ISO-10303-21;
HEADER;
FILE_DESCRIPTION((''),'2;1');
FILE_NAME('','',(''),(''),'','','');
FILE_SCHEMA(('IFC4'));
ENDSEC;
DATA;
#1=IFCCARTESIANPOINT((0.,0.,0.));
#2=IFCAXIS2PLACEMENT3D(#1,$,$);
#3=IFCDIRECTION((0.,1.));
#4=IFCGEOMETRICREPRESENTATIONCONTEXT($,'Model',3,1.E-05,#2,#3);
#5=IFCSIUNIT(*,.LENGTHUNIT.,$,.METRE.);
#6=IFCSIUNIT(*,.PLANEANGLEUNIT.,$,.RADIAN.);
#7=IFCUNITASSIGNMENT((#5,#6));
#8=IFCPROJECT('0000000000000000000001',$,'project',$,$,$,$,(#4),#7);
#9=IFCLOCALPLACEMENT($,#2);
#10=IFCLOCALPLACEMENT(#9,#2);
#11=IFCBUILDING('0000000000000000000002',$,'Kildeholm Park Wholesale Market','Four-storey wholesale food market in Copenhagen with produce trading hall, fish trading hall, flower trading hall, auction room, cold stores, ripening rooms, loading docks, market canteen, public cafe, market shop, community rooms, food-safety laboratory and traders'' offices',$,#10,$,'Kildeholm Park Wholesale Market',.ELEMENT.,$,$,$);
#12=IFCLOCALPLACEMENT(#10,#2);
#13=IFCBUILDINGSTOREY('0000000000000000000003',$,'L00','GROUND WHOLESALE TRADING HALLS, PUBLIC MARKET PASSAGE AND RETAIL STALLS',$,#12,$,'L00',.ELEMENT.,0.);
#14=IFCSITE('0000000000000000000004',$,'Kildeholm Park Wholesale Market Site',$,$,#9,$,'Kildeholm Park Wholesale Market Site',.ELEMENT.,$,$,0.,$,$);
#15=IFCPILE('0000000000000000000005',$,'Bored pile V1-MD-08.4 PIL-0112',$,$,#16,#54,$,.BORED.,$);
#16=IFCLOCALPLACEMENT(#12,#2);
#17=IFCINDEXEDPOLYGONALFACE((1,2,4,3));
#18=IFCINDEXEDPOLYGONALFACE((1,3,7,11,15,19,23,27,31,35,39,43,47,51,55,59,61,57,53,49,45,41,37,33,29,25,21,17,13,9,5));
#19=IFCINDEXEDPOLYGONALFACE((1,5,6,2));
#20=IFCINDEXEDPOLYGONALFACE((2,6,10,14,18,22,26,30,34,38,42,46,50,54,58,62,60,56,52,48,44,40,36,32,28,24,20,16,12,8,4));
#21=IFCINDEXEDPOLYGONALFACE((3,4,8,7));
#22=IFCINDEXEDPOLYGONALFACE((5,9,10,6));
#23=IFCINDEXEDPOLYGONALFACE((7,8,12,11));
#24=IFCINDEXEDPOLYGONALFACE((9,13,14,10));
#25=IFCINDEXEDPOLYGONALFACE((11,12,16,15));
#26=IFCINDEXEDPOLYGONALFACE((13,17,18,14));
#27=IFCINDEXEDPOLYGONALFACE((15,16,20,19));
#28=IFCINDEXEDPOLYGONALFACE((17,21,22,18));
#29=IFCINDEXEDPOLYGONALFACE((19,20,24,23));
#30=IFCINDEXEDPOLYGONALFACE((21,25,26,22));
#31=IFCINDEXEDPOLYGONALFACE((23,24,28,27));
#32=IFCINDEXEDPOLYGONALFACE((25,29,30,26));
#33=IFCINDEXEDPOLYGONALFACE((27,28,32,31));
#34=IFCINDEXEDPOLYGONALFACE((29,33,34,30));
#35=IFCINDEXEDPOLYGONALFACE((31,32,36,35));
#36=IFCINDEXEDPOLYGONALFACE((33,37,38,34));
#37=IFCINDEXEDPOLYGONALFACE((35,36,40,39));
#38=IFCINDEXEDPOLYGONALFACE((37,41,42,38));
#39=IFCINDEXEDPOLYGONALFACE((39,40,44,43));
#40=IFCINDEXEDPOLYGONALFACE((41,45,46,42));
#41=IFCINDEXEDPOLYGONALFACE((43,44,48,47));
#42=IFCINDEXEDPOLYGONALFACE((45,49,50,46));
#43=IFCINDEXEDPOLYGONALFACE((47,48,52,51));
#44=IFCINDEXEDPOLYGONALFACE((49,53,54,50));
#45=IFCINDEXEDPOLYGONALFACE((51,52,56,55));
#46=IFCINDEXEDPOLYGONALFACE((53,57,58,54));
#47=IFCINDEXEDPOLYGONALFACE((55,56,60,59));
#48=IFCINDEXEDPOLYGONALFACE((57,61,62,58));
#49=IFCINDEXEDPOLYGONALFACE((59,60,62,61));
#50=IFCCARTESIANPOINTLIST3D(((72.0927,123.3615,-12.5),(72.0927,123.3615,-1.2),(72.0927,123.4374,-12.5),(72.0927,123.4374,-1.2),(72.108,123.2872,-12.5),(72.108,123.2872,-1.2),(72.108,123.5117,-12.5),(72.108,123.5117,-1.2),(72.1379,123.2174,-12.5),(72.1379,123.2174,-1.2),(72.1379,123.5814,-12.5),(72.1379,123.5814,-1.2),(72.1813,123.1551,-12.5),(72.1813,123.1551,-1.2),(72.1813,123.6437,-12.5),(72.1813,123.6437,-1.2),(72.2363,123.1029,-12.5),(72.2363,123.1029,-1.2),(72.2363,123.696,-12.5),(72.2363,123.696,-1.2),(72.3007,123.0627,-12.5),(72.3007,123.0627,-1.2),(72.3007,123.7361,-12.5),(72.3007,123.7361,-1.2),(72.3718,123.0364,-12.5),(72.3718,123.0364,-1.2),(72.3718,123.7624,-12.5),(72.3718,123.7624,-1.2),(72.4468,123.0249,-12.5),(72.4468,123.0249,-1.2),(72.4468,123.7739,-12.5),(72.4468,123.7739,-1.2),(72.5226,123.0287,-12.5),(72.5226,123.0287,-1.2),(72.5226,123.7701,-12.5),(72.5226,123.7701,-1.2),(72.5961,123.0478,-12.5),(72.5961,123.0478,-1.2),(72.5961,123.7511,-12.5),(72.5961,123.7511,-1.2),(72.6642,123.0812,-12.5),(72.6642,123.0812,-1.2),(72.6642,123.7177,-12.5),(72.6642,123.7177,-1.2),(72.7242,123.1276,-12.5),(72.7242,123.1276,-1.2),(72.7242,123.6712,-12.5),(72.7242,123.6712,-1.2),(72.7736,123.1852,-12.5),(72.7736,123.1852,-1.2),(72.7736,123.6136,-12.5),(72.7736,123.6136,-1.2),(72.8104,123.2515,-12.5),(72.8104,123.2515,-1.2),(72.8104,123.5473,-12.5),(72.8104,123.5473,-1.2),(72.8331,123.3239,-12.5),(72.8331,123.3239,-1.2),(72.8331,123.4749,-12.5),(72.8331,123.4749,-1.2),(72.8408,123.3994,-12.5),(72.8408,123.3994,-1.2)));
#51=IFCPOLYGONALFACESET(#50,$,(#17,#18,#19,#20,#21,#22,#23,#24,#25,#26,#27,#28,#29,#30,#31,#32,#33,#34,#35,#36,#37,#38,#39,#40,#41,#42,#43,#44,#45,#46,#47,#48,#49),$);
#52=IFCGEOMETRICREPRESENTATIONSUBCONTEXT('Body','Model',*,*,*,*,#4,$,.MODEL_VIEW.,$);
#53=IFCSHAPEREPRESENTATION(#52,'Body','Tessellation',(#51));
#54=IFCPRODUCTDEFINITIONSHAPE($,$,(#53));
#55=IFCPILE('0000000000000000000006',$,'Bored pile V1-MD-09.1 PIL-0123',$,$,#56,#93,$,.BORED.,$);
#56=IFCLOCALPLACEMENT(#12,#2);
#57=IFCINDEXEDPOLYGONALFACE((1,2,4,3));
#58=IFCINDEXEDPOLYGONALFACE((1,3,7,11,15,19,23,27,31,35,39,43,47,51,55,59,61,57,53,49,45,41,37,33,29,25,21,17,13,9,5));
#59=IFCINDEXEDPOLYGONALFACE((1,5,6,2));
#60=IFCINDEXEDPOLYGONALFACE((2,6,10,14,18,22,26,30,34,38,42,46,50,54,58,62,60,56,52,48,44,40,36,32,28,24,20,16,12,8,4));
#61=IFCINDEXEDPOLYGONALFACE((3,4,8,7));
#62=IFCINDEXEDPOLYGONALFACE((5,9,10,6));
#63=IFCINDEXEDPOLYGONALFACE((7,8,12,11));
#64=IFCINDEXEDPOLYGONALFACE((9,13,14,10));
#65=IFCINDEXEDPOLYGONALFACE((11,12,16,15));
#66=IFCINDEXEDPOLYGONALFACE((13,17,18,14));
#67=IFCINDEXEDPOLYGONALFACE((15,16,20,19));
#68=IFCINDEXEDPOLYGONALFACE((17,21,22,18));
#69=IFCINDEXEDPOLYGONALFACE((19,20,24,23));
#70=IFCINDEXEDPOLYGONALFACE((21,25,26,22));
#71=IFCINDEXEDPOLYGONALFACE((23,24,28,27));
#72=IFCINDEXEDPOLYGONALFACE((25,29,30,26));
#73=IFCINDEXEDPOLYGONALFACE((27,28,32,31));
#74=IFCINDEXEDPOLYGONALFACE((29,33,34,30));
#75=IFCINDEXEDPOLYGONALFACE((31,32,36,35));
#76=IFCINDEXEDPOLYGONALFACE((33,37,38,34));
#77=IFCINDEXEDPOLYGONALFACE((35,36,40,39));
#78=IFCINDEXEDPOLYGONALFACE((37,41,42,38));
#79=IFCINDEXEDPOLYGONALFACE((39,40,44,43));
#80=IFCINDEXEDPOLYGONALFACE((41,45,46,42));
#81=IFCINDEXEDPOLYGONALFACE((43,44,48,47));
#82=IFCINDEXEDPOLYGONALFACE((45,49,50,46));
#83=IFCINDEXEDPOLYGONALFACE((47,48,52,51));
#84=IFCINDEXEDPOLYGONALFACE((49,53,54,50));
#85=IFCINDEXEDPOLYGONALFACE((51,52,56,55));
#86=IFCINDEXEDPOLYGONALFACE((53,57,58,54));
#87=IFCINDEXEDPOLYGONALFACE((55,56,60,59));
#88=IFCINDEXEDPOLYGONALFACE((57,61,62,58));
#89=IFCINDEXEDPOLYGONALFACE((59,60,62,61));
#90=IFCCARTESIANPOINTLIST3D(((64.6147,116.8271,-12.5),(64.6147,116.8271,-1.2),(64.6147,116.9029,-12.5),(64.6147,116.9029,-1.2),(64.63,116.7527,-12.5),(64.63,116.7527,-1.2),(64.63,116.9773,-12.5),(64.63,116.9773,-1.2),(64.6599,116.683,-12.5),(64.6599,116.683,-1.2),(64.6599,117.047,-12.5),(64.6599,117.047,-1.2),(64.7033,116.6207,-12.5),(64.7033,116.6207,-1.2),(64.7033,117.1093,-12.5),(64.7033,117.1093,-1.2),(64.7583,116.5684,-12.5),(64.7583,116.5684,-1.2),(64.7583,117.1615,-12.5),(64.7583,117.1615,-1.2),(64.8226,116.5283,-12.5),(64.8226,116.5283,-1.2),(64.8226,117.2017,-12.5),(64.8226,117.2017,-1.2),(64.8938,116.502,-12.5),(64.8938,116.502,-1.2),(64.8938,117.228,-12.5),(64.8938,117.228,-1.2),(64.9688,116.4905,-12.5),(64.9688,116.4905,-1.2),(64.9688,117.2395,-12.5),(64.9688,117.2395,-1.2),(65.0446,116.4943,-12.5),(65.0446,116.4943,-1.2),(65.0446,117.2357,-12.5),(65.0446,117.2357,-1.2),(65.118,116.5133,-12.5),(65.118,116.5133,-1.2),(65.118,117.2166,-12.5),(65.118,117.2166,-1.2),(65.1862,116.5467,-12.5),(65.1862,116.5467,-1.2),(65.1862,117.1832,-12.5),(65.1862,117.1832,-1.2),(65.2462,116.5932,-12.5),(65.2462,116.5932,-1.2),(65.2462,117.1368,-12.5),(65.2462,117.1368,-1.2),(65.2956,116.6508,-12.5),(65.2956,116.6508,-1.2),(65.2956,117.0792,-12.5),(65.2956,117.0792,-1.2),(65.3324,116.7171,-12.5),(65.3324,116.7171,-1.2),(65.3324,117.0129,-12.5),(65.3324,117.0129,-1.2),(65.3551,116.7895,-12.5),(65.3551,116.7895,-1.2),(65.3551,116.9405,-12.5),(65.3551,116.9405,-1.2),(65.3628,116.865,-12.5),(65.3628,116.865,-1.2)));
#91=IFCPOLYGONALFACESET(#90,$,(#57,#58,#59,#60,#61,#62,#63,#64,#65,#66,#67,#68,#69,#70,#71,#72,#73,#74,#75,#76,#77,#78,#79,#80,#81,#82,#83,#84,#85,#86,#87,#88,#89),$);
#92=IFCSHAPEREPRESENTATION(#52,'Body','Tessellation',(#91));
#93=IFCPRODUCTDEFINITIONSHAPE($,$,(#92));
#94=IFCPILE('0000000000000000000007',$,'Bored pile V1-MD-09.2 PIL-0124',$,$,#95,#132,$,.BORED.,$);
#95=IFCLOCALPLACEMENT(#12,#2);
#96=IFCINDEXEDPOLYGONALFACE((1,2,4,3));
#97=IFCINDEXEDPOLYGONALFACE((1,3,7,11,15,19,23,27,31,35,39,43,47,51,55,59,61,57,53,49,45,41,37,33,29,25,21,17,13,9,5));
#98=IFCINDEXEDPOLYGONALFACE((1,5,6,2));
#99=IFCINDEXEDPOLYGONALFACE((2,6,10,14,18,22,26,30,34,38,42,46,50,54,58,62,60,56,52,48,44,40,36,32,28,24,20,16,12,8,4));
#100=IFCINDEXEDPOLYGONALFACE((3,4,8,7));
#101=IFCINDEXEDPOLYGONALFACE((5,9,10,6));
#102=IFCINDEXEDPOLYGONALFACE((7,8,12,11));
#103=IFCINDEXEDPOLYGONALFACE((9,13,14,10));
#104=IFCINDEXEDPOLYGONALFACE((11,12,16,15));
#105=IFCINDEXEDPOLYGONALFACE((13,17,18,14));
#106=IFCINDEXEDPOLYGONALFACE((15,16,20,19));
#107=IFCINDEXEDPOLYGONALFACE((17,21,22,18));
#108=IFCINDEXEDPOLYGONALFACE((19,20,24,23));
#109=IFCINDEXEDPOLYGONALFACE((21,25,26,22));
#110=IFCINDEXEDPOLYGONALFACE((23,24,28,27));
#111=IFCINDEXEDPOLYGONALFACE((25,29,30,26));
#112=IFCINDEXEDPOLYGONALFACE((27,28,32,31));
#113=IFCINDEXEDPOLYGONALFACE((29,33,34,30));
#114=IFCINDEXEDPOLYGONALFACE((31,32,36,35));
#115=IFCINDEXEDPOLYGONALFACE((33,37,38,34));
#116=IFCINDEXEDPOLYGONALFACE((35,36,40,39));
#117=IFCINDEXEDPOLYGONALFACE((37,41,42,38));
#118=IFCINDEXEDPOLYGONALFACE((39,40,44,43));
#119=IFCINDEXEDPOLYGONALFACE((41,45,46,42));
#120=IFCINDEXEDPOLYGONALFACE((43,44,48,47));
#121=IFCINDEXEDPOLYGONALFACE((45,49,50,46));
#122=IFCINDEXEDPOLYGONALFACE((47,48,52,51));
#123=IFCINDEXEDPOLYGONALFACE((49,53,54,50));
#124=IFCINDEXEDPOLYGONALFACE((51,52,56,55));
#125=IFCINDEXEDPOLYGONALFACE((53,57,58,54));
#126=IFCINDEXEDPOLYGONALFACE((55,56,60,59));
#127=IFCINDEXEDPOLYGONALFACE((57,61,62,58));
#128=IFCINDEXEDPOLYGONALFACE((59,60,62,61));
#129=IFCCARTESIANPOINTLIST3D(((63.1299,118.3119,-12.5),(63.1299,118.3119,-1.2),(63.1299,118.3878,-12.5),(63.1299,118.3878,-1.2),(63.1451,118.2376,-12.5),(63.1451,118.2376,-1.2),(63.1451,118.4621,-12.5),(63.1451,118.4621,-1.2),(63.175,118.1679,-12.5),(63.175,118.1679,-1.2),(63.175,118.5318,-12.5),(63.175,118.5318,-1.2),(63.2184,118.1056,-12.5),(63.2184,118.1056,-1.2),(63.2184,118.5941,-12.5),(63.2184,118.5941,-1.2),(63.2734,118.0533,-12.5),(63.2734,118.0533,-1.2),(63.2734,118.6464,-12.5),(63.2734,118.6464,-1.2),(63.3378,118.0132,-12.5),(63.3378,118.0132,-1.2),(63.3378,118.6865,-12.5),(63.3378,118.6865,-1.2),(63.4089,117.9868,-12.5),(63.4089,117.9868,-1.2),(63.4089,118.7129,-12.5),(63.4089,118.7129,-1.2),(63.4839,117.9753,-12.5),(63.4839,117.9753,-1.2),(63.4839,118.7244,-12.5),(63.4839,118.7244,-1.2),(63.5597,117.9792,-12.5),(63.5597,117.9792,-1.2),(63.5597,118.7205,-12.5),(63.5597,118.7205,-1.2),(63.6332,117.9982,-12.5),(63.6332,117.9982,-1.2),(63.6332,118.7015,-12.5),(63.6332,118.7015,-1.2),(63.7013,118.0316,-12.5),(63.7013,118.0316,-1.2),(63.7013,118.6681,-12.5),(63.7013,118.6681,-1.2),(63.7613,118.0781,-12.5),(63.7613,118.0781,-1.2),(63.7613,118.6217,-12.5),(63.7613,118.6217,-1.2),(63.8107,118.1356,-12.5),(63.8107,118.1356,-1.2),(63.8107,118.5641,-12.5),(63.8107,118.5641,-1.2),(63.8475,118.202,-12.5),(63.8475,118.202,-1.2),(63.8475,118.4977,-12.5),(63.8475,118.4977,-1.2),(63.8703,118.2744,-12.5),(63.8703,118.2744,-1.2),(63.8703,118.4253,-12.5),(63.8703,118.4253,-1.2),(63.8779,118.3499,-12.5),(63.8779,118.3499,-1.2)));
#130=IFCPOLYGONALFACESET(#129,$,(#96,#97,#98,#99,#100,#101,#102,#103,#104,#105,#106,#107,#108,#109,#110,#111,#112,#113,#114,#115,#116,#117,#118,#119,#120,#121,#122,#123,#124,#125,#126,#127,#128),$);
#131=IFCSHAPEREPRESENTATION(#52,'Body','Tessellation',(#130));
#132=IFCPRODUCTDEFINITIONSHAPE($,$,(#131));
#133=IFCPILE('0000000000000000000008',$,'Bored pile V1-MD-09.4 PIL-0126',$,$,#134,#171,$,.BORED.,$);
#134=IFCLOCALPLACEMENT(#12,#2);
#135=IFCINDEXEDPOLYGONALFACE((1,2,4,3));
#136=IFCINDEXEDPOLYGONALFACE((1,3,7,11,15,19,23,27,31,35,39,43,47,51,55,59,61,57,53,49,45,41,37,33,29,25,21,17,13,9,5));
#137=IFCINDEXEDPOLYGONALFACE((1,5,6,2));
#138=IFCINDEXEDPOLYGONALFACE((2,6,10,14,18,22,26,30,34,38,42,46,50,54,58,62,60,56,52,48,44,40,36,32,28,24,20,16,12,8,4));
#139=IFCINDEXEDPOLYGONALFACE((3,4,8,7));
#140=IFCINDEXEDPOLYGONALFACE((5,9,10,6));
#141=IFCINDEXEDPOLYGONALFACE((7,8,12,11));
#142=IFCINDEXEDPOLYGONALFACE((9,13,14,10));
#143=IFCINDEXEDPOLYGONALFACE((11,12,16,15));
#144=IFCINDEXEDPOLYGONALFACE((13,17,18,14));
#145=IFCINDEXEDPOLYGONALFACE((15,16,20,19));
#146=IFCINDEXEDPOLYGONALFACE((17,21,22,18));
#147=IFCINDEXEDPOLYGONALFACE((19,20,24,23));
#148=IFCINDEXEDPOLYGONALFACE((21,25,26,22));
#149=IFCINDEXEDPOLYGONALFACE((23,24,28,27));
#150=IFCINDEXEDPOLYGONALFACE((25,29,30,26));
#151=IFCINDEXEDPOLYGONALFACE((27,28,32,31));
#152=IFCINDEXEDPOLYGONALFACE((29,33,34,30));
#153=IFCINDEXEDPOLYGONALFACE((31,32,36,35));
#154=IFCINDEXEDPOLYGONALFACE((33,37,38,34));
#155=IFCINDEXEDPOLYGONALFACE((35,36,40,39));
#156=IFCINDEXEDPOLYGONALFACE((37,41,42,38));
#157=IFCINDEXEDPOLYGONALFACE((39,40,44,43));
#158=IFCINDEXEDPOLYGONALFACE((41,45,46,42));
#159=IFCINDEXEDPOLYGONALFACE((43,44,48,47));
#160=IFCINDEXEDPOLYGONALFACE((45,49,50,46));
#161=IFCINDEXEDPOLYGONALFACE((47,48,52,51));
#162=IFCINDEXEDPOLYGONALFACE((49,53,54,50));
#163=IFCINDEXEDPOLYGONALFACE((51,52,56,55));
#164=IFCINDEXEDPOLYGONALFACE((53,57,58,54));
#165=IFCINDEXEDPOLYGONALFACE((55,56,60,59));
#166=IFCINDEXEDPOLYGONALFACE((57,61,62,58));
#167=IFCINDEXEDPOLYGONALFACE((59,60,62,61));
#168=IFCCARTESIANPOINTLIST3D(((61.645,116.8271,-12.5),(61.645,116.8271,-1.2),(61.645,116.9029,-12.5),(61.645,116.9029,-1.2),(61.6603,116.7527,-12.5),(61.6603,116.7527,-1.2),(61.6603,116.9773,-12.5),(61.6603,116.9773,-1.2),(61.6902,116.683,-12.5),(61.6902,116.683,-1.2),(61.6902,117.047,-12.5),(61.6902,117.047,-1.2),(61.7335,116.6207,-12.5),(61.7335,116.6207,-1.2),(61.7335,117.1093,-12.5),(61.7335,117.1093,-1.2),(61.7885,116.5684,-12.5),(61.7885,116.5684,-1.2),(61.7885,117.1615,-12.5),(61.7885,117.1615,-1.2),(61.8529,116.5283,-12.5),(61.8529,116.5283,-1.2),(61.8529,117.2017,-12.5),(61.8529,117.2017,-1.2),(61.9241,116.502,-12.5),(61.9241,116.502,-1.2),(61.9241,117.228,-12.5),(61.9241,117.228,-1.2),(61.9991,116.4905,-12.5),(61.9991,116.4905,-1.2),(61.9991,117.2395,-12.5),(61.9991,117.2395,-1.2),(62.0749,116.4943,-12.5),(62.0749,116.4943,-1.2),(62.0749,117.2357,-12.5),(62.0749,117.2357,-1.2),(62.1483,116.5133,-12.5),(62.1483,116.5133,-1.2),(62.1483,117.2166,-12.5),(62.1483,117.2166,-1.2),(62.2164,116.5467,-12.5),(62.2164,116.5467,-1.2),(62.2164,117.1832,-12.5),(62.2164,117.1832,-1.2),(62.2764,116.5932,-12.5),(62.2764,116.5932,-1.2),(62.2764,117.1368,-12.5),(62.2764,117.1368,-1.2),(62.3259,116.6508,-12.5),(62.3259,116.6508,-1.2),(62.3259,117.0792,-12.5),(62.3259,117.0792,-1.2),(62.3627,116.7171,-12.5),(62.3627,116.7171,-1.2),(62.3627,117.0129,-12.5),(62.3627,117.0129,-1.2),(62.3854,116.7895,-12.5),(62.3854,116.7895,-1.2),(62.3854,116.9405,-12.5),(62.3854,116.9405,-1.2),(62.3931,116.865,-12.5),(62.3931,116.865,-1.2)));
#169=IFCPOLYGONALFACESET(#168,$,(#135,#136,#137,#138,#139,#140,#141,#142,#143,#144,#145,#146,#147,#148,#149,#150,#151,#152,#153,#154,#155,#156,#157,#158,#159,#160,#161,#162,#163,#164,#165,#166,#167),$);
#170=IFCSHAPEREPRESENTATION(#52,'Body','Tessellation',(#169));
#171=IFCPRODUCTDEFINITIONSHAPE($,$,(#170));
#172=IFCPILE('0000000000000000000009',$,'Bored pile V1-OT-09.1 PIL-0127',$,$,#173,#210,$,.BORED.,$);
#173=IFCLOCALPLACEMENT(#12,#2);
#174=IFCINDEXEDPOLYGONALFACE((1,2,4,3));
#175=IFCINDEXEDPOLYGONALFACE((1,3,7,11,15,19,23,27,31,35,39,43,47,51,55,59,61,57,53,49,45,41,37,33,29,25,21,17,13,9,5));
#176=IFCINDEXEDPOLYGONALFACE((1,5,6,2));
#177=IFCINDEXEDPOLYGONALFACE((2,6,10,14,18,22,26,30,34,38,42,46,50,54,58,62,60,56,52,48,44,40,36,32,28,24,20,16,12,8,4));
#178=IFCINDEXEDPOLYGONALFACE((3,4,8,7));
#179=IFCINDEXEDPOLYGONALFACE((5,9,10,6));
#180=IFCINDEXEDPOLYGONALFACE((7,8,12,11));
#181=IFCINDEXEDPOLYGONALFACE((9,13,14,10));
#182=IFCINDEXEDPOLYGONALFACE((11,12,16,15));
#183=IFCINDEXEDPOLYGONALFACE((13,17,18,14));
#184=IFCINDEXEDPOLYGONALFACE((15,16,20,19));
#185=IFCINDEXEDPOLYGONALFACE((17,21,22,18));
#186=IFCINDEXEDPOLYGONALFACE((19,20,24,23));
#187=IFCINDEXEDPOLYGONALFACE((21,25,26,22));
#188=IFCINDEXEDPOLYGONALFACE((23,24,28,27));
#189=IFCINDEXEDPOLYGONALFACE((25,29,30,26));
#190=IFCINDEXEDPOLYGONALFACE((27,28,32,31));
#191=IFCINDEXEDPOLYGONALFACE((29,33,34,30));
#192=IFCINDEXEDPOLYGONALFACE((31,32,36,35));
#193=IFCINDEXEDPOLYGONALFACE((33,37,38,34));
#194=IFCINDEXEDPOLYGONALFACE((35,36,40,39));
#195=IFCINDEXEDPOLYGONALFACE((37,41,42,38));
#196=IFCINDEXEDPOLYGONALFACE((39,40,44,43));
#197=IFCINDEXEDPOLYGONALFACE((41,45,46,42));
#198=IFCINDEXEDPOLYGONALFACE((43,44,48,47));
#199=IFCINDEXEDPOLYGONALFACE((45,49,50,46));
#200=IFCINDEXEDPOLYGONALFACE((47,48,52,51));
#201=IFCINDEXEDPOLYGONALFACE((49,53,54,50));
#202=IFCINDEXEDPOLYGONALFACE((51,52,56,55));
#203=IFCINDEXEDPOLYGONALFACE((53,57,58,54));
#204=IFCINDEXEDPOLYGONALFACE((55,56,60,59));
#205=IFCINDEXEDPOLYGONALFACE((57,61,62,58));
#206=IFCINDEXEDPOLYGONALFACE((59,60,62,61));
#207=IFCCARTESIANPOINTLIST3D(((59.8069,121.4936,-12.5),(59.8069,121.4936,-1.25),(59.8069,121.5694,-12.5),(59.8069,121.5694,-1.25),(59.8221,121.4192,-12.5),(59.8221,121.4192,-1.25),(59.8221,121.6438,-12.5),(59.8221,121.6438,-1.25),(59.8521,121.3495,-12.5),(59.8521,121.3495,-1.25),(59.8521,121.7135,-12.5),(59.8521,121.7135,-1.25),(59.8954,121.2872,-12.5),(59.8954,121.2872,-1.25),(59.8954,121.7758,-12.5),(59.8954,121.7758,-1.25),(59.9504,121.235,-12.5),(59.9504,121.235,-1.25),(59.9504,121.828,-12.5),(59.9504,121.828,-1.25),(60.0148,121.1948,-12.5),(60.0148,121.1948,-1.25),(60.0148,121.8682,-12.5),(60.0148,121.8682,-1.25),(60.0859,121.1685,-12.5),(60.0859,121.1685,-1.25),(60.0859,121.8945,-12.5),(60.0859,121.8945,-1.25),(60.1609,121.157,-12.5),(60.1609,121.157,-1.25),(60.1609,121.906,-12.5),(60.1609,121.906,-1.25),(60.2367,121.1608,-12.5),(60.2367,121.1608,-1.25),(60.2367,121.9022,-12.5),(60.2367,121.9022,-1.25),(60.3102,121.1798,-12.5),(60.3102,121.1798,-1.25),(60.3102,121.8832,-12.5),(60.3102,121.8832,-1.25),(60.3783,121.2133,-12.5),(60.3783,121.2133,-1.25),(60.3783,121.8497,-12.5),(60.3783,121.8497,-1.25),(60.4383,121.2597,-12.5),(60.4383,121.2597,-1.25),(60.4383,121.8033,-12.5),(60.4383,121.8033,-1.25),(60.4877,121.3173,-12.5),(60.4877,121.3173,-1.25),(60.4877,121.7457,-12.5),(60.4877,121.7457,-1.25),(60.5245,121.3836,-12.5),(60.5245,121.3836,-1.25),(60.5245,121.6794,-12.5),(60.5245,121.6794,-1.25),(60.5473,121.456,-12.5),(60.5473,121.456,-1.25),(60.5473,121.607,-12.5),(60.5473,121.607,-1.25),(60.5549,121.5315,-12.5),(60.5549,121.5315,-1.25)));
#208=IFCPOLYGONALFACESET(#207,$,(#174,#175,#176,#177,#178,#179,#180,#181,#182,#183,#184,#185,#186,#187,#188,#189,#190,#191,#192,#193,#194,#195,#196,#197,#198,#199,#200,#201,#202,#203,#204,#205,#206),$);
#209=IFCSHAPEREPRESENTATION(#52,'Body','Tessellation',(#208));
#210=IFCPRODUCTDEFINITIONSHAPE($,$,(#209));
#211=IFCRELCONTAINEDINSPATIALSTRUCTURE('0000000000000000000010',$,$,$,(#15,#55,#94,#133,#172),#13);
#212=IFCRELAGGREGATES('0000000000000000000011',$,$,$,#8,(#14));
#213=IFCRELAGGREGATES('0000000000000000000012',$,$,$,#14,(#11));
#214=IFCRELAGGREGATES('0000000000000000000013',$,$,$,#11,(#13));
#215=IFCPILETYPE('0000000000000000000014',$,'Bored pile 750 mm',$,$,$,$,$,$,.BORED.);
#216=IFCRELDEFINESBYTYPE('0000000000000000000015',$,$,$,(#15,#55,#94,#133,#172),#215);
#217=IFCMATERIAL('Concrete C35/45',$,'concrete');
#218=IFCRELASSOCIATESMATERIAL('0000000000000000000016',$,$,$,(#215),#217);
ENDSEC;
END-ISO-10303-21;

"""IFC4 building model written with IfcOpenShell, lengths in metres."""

from ifc_helpers import new_model, si_unit, direction, frame, origin, origin_2d, place, context, subcontext, project, spatial, circle, extrude, material, material_profile, profile_set, type_object, element, save


model = new_model("IFC4")

# Units and contexts
model_context = context("Model", 3, precision=1e-05, world=origin(), true_north=direction((0.0, 1.0)))
body_context = subcontext(model_context, "Body", "Model", "MODEL_VIEW")
ifc_project = project(units=[si_unit("LENGTHUNIT", "METRE"), si_unit("PLANEANGLEUNIT", "RADIAN")], contexts=[model_context])

# Site, building, storey
site_placement = place(None, origin())
site = spatial("IfcSite", under=ifc_project, at=site_placement, Name="Kildeholm Park Wholesale Market Site", LongName="Kildeholm Park Wholesale Market Site", CompositionType="ELEMENT", RefElevation=0.0)
building_placement = place(site_placement, origin())
building = spatial("IfcBuilding", under=site, at=building_placement, Name="Kildeholm Park Wholesale Market", Description="Four-storey wholesale food market in Copenhagen with produce trading hall, fish trading hall, flower trading hall, auction room, cold stores, ripening rooms, loading docks, market canteen, public cafe, market shop, community rooms, food-safety laboratory and traders' offices", LongName="Kildeholm Park Wholesale Market", CompositionType="ELEMENT")
storey_placement = place(building_placement, origin())
storey = spatial("IfcBuildingStorey", under=building, at=storey_placement, Name="L00", Description="GROUND WHOLESALE TRADING HALLS, PUBLIC MARKET PASSAGE AND RETAIL STALLS", LongName="L00", CompositionType="ELEMENT", Elevation=0.0)

# Piles
ifc_material_1 = material(Name="Concrete C35/45", Category="concrete")
ifc_material_profile_1 = material_profile(ifc_material_1, circle(Radius=0.375, at=origin_2d()), Name="PILE D750")
ifc_profile_set_1 = profile_set([ifc_material_profile_1], Name="Concrete C35/45")
pile_type_1 = type_object("IfcPileType", Name="Bored pile 750 mm", PredefinedType="BORED", material=ifc_profile_set_1)
for number, where, z_axis, x_axis, name in (
    (1, (72.4658, 123.3994, -1.2), (0.0, 0.0, -1.0), (1.0, 0.0, 0.0), "Bored pile V1-MD-08.4 PIL-0112"),
    (2, (64.9878, 116.865, -1.2), (0.0, 0.0, -1.0), (1.0, 0.0, 0.0), "Bored pile V1-MD-09.1 PIL-0123"),
    (3, (63.5029, 118.3499, -1.2), (0.0, 0.0, -1.0), (1.0, 0.0, 0.0), "Bored pile V1-MD-09.2 PIL-0124"),
    (4, (62.0181, 116.865, -1.2), (0.0, 0.0, -1.0), (1.0, 0.0, 0.0), "Bored pile V1-MD-09.4 PIL-0126"),
):
    element("IfcPile", number, at=place(storey_placement, frame(where, z_axis=z_axis, x_axis=x_axis)), inside=storey, type_object=pile_type_1, Name=name, PredefinedType="BORED", context=body_context, shape_type="SweptSolid", body=[
        extrude(circle(Radius=0.375, at=origin_2d()), origin(), (0.0, 0.0, 1.0), 11.3),
    ])
for number, where, z_axis, x_axis, name in (
    (5, (60.1799, 121.5315, -1.25), (0.0, 0.0, -1.0), (1.0, 0.0, 0.0), "Bored pile V1-OT-09.1 PIL-0127"),
):
    element("IfcPile", number, at=place(storey_placement, frame(where, z_axis=z_axis, x_axis=x_axis)), inside=storey, type_object=pile_type_1, Name=name, PredefinedType="BORED", context=body_context, shape_type="SweptSolid", body=[
        extrude(circle(Radius=0.375, at=origin_2d()), origin(), (0.0, 0.0, 1.0), 11.25),
    ])

save(model, "model.ifc")
